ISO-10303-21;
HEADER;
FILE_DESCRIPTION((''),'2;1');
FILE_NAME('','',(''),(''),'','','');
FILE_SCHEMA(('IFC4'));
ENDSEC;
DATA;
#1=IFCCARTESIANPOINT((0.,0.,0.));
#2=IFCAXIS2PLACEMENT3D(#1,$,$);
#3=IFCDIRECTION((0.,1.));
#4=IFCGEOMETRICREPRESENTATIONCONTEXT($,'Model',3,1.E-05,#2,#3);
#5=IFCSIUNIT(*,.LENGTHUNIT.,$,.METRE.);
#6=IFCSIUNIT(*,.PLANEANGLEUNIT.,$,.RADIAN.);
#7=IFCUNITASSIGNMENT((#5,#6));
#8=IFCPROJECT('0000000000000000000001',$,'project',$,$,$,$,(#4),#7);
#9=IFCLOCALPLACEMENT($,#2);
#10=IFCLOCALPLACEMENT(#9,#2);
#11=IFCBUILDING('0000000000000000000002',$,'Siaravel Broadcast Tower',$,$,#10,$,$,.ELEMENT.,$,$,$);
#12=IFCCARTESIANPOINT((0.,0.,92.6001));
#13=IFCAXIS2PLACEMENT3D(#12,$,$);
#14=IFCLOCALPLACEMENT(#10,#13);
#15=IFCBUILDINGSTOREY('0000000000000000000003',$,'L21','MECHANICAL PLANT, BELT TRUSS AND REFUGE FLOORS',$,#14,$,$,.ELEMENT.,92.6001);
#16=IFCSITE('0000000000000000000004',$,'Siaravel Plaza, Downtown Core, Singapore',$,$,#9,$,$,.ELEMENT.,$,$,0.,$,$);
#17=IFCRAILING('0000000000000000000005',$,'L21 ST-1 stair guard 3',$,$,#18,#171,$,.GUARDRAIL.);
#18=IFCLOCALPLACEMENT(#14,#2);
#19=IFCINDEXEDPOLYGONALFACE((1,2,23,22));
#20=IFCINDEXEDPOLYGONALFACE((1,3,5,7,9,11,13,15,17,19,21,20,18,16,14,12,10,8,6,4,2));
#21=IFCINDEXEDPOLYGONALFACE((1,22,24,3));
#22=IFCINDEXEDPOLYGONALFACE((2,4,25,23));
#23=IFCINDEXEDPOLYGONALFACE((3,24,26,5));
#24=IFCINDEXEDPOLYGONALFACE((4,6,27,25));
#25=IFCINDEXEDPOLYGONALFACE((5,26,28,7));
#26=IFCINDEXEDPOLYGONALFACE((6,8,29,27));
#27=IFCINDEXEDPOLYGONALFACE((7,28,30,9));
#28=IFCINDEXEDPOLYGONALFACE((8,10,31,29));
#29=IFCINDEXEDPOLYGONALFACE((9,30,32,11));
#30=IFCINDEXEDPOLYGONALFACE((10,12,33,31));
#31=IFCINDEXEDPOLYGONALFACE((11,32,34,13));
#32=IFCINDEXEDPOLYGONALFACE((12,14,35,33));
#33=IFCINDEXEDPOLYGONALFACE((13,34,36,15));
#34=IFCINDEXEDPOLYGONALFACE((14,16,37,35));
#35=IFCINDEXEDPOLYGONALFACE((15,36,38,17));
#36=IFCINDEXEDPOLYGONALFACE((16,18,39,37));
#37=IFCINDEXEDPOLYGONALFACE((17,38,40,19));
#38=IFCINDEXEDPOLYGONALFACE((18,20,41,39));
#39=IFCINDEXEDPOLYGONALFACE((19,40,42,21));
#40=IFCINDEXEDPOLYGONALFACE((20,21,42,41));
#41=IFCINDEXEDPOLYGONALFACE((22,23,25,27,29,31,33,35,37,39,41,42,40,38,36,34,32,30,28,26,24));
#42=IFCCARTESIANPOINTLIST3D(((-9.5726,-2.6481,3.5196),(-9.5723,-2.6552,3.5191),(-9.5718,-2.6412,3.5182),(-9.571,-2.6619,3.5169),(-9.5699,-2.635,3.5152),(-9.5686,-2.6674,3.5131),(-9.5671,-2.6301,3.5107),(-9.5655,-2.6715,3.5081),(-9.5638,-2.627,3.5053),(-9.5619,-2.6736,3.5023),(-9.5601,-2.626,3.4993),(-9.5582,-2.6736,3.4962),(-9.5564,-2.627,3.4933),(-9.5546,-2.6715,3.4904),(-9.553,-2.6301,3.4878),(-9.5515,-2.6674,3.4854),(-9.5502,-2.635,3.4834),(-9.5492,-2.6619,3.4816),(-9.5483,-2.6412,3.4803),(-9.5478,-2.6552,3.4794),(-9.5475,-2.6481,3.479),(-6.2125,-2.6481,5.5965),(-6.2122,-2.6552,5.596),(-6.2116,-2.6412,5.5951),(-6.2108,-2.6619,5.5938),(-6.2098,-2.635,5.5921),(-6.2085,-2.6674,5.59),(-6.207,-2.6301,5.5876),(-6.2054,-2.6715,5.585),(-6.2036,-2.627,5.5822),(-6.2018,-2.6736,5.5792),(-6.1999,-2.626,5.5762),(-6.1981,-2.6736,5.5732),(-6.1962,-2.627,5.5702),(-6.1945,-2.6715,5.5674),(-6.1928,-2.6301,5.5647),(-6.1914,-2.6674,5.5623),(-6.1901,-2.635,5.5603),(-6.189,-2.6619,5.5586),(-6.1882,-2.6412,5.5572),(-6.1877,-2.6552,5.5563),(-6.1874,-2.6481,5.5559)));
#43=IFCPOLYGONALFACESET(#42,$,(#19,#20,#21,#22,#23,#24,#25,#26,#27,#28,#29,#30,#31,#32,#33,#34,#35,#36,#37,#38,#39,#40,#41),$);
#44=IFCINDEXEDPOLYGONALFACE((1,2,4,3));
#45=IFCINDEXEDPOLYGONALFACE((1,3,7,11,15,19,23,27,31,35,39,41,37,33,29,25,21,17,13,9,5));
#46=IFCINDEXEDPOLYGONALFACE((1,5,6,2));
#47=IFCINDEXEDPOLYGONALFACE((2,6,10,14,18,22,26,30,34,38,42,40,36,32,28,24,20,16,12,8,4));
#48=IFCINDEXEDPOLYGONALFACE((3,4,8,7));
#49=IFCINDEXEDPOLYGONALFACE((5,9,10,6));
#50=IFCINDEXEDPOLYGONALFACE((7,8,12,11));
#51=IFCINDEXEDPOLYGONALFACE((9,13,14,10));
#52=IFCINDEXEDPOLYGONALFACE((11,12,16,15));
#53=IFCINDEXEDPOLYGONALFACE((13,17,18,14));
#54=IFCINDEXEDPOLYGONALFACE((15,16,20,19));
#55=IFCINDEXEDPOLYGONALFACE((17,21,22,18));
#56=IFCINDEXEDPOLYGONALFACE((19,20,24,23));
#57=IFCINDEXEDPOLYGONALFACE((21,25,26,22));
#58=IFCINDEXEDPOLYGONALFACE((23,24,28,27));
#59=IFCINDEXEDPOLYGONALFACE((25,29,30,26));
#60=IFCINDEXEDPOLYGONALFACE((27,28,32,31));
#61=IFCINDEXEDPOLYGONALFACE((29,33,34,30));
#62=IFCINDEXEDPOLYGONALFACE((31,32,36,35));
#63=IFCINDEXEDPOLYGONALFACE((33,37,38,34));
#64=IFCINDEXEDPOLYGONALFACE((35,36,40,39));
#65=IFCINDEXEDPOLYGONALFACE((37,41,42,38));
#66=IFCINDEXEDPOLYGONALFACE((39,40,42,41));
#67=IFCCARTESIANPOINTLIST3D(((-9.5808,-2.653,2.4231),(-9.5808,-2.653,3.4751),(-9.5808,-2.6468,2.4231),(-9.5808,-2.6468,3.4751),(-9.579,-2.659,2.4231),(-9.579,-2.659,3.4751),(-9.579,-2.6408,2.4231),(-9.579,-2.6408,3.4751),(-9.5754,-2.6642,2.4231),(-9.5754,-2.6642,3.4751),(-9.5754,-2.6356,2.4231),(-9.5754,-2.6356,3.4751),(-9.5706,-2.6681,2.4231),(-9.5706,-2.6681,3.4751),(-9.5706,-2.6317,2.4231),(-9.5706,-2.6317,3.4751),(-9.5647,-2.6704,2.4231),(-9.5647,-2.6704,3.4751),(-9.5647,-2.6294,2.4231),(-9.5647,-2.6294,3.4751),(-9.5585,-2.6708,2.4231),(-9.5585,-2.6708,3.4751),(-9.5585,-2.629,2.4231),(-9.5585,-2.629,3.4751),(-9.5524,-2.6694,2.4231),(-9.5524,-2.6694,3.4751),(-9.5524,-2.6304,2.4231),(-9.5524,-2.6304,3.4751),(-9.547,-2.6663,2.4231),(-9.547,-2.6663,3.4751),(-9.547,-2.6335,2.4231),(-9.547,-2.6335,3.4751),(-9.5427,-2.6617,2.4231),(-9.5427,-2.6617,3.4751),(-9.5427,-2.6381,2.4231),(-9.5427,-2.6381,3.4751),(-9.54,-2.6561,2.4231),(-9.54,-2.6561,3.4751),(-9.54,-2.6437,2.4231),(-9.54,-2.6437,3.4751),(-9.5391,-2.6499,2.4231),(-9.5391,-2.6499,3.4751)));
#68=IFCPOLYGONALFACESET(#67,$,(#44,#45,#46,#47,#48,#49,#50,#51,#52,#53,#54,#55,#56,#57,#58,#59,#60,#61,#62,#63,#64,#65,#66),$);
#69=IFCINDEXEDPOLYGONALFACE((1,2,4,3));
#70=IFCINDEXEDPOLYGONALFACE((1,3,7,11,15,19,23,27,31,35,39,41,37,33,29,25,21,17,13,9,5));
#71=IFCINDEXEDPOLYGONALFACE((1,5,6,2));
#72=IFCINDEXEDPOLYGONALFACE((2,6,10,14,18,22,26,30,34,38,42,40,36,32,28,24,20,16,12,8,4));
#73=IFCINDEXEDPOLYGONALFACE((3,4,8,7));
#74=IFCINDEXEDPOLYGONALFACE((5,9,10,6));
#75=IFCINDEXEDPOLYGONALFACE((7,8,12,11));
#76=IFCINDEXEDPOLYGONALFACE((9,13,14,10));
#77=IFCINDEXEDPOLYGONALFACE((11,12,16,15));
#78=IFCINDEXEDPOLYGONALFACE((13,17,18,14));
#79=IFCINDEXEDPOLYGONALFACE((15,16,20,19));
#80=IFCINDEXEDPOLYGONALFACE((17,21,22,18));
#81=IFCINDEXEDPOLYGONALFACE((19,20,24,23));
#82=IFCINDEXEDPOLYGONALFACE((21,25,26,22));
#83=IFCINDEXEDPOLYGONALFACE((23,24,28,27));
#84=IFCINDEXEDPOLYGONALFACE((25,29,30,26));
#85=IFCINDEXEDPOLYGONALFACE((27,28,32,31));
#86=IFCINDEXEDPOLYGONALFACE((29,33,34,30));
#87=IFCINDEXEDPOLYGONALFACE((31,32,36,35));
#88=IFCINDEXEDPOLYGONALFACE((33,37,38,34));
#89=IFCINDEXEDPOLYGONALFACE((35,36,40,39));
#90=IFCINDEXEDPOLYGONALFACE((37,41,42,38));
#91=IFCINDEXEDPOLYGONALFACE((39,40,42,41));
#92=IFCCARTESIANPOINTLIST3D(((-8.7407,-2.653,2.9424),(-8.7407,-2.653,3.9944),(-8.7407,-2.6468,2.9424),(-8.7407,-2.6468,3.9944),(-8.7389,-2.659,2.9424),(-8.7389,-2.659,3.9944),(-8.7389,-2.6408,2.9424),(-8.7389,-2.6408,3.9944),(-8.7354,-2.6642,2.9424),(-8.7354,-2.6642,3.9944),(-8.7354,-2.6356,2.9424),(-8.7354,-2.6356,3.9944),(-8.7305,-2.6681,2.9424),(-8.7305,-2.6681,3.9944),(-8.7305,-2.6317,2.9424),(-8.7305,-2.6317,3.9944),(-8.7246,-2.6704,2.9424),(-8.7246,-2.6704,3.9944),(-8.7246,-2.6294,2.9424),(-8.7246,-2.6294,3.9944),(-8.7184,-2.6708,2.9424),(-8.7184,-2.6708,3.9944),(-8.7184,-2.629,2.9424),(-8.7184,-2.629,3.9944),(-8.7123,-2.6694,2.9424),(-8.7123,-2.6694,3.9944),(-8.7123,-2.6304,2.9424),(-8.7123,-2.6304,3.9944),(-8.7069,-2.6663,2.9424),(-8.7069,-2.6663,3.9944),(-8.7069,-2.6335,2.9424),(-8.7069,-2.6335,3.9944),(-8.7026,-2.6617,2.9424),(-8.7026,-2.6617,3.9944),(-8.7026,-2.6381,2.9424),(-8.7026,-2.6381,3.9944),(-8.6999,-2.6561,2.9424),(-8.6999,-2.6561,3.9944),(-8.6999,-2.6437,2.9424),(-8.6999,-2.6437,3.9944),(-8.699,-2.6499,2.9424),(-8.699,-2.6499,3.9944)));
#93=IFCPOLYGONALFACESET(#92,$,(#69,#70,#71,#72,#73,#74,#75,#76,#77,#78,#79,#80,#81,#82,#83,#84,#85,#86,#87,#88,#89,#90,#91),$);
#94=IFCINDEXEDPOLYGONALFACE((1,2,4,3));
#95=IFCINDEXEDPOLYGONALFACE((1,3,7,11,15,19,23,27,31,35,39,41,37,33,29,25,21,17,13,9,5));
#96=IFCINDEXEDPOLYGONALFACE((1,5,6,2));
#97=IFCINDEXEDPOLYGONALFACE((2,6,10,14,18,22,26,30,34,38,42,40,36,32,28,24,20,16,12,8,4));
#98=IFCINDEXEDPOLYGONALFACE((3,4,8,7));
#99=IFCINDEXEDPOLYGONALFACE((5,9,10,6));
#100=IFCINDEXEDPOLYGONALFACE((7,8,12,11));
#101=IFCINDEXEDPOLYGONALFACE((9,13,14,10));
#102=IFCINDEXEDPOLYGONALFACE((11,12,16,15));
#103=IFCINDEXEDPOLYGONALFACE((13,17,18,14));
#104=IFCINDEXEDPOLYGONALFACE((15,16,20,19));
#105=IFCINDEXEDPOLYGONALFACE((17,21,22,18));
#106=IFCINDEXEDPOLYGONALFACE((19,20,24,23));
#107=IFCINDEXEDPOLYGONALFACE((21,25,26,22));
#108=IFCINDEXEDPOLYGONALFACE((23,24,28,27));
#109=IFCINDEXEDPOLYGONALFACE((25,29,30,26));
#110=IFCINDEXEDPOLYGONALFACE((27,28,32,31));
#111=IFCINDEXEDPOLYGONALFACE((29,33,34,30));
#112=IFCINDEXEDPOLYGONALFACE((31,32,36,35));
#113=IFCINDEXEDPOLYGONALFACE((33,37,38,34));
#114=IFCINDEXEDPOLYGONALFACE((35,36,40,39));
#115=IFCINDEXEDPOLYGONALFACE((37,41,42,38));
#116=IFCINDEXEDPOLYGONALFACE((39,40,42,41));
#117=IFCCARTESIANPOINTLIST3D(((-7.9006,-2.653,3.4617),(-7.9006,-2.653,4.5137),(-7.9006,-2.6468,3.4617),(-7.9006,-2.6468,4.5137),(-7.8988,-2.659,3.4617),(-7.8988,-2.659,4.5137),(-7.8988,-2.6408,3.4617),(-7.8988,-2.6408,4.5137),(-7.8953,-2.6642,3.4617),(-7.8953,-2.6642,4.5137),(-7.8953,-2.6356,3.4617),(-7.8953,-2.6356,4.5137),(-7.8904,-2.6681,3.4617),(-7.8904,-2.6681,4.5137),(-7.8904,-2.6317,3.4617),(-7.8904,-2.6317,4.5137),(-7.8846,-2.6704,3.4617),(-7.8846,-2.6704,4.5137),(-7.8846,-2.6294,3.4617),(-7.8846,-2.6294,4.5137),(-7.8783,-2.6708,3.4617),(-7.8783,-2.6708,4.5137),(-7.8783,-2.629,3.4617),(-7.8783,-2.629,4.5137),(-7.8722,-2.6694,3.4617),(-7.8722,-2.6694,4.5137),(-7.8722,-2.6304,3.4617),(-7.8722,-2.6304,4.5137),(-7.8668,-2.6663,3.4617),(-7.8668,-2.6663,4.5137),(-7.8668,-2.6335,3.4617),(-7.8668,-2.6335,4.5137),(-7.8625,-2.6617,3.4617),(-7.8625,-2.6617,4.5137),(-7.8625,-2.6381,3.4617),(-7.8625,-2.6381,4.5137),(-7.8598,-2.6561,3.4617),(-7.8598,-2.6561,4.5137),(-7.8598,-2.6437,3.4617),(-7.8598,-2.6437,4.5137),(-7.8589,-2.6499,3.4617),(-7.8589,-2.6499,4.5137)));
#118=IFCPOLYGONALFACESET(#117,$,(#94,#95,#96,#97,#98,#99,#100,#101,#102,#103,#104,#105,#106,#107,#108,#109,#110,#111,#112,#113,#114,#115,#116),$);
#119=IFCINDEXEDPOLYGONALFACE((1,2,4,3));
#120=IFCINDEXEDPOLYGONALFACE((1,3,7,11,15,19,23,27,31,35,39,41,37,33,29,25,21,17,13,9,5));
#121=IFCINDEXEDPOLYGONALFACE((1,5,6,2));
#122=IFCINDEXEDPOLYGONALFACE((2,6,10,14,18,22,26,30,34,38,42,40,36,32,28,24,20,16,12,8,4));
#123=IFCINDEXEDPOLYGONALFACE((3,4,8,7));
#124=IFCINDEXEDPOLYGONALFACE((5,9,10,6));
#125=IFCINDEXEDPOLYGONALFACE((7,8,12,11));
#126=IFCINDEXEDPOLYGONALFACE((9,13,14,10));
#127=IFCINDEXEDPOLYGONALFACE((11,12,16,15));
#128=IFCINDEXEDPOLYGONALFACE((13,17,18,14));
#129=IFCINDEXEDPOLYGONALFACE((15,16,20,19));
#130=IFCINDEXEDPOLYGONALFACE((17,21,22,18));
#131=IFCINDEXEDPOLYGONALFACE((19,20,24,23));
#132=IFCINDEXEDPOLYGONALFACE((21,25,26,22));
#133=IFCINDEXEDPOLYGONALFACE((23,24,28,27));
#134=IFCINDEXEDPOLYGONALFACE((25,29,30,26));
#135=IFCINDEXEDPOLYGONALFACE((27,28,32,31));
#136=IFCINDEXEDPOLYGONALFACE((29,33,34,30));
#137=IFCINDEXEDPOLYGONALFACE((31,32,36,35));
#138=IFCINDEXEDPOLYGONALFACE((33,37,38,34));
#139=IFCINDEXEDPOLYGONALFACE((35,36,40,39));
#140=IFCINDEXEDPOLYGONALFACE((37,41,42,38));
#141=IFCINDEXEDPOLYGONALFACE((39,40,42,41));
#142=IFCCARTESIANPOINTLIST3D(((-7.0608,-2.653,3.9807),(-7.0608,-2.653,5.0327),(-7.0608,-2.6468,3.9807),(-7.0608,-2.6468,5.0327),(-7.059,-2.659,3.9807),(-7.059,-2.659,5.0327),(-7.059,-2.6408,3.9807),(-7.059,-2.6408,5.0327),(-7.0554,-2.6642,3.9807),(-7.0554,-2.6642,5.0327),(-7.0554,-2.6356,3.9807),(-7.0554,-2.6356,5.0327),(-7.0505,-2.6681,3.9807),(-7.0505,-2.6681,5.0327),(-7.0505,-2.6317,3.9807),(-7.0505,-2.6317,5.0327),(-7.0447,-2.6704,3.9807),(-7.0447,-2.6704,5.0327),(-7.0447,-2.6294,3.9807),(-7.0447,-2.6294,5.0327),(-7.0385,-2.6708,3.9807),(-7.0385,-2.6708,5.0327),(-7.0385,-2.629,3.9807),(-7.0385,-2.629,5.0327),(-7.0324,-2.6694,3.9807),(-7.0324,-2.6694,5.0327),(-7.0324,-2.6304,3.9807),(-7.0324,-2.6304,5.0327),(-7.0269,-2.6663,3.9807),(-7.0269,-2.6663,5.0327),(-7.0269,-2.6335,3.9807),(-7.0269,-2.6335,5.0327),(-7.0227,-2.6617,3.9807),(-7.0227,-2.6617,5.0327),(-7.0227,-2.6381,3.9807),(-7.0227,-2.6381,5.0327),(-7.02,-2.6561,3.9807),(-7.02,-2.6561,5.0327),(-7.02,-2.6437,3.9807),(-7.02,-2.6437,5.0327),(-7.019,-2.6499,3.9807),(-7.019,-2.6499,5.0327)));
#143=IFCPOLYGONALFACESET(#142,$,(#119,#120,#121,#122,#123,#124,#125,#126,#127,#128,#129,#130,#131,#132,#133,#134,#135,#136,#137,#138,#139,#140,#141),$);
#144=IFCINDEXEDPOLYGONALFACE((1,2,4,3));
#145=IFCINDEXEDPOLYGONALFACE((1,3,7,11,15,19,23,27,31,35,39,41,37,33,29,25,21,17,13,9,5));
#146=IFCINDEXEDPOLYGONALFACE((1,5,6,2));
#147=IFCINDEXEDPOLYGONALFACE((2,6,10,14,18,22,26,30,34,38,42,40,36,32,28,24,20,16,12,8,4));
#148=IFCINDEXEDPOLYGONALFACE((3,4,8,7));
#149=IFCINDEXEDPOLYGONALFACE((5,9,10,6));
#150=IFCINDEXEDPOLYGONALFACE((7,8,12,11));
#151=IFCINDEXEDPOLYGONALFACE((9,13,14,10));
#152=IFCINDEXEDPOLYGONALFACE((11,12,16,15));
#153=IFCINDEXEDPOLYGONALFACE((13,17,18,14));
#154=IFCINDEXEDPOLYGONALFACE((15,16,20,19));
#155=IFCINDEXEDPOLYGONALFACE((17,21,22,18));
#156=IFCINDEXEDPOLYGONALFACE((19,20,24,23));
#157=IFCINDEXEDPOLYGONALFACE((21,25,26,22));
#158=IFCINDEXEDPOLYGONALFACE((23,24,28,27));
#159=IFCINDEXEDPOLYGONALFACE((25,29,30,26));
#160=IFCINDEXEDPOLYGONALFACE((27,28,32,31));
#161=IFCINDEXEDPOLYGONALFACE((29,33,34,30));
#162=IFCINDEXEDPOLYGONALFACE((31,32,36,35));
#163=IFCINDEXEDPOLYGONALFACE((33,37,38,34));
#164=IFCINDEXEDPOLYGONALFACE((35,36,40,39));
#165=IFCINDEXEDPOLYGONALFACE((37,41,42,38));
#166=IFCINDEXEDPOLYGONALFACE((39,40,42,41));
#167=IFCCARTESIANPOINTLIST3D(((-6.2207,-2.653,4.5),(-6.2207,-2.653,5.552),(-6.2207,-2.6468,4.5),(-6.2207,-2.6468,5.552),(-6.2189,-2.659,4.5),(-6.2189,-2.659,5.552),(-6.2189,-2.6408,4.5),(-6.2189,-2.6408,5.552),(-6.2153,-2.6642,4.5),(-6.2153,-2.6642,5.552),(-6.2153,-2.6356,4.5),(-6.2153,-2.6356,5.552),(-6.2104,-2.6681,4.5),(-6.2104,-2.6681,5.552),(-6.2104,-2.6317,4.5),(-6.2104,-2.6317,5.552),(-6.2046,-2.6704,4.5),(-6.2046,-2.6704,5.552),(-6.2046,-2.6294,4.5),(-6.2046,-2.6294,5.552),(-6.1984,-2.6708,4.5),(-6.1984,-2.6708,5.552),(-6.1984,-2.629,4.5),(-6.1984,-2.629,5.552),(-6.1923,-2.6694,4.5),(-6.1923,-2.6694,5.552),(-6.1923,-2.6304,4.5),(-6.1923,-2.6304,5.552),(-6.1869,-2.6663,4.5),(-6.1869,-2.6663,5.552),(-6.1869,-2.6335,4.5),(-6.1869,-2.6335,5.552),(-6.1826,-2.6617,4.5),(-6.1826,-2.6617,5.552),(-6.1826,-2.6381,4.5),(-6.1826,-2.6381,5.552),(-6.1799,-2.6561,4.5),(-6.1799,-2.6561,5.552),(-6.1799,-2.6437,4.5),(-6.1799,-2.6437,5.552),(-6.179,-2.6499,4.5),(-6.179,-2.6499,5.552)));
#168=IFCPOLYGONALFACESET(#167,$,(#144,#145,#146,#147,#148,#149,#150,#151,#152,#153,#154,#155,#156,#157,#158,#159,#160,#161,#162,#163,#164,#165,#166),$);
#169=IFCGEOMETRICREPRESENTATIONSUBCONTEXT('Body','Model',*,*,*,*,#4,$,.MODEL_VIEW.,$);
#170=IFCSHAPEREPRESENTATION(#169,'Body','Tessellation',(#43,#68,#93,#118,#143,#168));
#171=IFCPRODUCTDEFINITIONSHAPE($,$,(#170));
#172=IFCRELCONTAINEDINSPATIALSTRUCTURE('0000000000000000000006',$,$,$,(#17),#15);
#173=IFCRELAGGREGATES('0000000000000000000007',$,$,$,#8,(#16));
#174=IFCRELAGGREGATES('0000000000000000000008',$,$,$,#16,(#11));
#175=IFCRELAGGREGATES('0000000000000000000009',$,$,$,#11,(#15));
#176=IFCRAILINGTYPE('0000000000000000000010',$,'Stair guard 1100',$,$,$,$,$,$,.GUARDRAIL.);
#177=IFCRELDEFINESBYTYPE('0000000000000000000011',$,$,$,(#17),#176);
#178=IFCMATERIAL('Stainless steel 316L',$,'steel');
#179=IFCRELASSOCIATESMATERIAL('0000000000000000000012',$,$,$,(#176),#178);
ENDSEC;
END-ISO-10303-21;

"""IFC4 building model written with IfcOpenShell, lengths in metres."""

from ifc_helpers import new_model, si_unit, direction, frame, origin, origin_2d, place, context, subcontext, project, spatial, circle, extrude, material, type_object, element, save


model = new_model("IFC4")

# Units and contexts
model_context = context("Model", 3, precision=1e-05, world=origin(), true_north=direction((0.0, 1.0)))
body_context = subcontext(model_context, "Body", "Model", "MODEL_VIEW")
ifc_project = project(units=[si_unit("LENGTHUNIT", "METRE"), si_unit("PLANEANGLEUNIT", "RADIAN")], contexts=[model_context])

# Site, building, storey
site_placement = place(None, origin())
site = spatial("IfcSite", under=ifc_project, at=site_placement, Name="Siaravel Plaza, Downtown Core, Singapore", CompositionType="ELEMENT", RefElevation=0.0)
building_placement = place(site_placement, origin())
building = spatial("IfcBuilding", under=site, at=building_placement, Name="Siaravel Broadcast Tower", CompositionType="ELEMENT")
storey_placement = place(building_placement, frame((0.0, 0.0, 92.6001)))
storey = spatial("IfcBuildingStorey", under=building, at=storey_placement, Name="L21", Description="MECHANICAL PLANT, BELT TRUSS AND REFUGE FLOORS", CompositionType="ELEMENT", Elevation=92.6001)

# Railing
ifc_material_1 = material(Name="Stainless steel 316L", Category="steel")
railing_type_1 = type_object("IfcRailingType", Name="Stair guard 1100", PredefinedType="GUARDRAIL", material=ifc_material_1)
railing_1_placement = place(storey_placement, frame((-9.5601, -2.6499, 2.4231)))
element("IfcRailing", 1, at=railing_1_placement, inside=storey, type_object=railing_type_1, Name="L21 ST-1 stair guard 3", PredefinedType="GUARDRAIL", context=body_context, shape_type="SweptSolid", body=[
    extrude(circle(Radius=0.0239, at=origin_2d()), frame((0.0, 0.0, 1.0762), z_axis=(0.850623, 0.0, 0.525776), x_axis=(0.0, 1.0, 0.0)), (0.0, 0.0, 1.0), 3.9502),
    extrude(circle(Radius=0.021, at=origin_2d()), origin(), (0.0, 0.0, 1.0), 1.052),
    extrude(circle(Radius=0.021, at=origin_2d()), frame((0.8401, 0.0, 0.5193)), (0.0, 0.0, 1.0), 1.052),
    extrude(circle(Radius=0.021, at=origin_2d()), frame((1.6802, 0.0, 1.0386)), (0.0, 0.0, 1.0), 1.052),
    extrude(circle(Radius=0.021, at=origin_2d()), frame((2.52, 0.0, 1.5576)), (0.0, 0.0, 1.0), 1.052),
    extrude(circle(Radius=0.021, at=origin_2d()), frame((3.3601, 0.0, 2.0769)), (0.0, 0.0, 1.0), 1.052),
])

save(model, "model.ifc")
